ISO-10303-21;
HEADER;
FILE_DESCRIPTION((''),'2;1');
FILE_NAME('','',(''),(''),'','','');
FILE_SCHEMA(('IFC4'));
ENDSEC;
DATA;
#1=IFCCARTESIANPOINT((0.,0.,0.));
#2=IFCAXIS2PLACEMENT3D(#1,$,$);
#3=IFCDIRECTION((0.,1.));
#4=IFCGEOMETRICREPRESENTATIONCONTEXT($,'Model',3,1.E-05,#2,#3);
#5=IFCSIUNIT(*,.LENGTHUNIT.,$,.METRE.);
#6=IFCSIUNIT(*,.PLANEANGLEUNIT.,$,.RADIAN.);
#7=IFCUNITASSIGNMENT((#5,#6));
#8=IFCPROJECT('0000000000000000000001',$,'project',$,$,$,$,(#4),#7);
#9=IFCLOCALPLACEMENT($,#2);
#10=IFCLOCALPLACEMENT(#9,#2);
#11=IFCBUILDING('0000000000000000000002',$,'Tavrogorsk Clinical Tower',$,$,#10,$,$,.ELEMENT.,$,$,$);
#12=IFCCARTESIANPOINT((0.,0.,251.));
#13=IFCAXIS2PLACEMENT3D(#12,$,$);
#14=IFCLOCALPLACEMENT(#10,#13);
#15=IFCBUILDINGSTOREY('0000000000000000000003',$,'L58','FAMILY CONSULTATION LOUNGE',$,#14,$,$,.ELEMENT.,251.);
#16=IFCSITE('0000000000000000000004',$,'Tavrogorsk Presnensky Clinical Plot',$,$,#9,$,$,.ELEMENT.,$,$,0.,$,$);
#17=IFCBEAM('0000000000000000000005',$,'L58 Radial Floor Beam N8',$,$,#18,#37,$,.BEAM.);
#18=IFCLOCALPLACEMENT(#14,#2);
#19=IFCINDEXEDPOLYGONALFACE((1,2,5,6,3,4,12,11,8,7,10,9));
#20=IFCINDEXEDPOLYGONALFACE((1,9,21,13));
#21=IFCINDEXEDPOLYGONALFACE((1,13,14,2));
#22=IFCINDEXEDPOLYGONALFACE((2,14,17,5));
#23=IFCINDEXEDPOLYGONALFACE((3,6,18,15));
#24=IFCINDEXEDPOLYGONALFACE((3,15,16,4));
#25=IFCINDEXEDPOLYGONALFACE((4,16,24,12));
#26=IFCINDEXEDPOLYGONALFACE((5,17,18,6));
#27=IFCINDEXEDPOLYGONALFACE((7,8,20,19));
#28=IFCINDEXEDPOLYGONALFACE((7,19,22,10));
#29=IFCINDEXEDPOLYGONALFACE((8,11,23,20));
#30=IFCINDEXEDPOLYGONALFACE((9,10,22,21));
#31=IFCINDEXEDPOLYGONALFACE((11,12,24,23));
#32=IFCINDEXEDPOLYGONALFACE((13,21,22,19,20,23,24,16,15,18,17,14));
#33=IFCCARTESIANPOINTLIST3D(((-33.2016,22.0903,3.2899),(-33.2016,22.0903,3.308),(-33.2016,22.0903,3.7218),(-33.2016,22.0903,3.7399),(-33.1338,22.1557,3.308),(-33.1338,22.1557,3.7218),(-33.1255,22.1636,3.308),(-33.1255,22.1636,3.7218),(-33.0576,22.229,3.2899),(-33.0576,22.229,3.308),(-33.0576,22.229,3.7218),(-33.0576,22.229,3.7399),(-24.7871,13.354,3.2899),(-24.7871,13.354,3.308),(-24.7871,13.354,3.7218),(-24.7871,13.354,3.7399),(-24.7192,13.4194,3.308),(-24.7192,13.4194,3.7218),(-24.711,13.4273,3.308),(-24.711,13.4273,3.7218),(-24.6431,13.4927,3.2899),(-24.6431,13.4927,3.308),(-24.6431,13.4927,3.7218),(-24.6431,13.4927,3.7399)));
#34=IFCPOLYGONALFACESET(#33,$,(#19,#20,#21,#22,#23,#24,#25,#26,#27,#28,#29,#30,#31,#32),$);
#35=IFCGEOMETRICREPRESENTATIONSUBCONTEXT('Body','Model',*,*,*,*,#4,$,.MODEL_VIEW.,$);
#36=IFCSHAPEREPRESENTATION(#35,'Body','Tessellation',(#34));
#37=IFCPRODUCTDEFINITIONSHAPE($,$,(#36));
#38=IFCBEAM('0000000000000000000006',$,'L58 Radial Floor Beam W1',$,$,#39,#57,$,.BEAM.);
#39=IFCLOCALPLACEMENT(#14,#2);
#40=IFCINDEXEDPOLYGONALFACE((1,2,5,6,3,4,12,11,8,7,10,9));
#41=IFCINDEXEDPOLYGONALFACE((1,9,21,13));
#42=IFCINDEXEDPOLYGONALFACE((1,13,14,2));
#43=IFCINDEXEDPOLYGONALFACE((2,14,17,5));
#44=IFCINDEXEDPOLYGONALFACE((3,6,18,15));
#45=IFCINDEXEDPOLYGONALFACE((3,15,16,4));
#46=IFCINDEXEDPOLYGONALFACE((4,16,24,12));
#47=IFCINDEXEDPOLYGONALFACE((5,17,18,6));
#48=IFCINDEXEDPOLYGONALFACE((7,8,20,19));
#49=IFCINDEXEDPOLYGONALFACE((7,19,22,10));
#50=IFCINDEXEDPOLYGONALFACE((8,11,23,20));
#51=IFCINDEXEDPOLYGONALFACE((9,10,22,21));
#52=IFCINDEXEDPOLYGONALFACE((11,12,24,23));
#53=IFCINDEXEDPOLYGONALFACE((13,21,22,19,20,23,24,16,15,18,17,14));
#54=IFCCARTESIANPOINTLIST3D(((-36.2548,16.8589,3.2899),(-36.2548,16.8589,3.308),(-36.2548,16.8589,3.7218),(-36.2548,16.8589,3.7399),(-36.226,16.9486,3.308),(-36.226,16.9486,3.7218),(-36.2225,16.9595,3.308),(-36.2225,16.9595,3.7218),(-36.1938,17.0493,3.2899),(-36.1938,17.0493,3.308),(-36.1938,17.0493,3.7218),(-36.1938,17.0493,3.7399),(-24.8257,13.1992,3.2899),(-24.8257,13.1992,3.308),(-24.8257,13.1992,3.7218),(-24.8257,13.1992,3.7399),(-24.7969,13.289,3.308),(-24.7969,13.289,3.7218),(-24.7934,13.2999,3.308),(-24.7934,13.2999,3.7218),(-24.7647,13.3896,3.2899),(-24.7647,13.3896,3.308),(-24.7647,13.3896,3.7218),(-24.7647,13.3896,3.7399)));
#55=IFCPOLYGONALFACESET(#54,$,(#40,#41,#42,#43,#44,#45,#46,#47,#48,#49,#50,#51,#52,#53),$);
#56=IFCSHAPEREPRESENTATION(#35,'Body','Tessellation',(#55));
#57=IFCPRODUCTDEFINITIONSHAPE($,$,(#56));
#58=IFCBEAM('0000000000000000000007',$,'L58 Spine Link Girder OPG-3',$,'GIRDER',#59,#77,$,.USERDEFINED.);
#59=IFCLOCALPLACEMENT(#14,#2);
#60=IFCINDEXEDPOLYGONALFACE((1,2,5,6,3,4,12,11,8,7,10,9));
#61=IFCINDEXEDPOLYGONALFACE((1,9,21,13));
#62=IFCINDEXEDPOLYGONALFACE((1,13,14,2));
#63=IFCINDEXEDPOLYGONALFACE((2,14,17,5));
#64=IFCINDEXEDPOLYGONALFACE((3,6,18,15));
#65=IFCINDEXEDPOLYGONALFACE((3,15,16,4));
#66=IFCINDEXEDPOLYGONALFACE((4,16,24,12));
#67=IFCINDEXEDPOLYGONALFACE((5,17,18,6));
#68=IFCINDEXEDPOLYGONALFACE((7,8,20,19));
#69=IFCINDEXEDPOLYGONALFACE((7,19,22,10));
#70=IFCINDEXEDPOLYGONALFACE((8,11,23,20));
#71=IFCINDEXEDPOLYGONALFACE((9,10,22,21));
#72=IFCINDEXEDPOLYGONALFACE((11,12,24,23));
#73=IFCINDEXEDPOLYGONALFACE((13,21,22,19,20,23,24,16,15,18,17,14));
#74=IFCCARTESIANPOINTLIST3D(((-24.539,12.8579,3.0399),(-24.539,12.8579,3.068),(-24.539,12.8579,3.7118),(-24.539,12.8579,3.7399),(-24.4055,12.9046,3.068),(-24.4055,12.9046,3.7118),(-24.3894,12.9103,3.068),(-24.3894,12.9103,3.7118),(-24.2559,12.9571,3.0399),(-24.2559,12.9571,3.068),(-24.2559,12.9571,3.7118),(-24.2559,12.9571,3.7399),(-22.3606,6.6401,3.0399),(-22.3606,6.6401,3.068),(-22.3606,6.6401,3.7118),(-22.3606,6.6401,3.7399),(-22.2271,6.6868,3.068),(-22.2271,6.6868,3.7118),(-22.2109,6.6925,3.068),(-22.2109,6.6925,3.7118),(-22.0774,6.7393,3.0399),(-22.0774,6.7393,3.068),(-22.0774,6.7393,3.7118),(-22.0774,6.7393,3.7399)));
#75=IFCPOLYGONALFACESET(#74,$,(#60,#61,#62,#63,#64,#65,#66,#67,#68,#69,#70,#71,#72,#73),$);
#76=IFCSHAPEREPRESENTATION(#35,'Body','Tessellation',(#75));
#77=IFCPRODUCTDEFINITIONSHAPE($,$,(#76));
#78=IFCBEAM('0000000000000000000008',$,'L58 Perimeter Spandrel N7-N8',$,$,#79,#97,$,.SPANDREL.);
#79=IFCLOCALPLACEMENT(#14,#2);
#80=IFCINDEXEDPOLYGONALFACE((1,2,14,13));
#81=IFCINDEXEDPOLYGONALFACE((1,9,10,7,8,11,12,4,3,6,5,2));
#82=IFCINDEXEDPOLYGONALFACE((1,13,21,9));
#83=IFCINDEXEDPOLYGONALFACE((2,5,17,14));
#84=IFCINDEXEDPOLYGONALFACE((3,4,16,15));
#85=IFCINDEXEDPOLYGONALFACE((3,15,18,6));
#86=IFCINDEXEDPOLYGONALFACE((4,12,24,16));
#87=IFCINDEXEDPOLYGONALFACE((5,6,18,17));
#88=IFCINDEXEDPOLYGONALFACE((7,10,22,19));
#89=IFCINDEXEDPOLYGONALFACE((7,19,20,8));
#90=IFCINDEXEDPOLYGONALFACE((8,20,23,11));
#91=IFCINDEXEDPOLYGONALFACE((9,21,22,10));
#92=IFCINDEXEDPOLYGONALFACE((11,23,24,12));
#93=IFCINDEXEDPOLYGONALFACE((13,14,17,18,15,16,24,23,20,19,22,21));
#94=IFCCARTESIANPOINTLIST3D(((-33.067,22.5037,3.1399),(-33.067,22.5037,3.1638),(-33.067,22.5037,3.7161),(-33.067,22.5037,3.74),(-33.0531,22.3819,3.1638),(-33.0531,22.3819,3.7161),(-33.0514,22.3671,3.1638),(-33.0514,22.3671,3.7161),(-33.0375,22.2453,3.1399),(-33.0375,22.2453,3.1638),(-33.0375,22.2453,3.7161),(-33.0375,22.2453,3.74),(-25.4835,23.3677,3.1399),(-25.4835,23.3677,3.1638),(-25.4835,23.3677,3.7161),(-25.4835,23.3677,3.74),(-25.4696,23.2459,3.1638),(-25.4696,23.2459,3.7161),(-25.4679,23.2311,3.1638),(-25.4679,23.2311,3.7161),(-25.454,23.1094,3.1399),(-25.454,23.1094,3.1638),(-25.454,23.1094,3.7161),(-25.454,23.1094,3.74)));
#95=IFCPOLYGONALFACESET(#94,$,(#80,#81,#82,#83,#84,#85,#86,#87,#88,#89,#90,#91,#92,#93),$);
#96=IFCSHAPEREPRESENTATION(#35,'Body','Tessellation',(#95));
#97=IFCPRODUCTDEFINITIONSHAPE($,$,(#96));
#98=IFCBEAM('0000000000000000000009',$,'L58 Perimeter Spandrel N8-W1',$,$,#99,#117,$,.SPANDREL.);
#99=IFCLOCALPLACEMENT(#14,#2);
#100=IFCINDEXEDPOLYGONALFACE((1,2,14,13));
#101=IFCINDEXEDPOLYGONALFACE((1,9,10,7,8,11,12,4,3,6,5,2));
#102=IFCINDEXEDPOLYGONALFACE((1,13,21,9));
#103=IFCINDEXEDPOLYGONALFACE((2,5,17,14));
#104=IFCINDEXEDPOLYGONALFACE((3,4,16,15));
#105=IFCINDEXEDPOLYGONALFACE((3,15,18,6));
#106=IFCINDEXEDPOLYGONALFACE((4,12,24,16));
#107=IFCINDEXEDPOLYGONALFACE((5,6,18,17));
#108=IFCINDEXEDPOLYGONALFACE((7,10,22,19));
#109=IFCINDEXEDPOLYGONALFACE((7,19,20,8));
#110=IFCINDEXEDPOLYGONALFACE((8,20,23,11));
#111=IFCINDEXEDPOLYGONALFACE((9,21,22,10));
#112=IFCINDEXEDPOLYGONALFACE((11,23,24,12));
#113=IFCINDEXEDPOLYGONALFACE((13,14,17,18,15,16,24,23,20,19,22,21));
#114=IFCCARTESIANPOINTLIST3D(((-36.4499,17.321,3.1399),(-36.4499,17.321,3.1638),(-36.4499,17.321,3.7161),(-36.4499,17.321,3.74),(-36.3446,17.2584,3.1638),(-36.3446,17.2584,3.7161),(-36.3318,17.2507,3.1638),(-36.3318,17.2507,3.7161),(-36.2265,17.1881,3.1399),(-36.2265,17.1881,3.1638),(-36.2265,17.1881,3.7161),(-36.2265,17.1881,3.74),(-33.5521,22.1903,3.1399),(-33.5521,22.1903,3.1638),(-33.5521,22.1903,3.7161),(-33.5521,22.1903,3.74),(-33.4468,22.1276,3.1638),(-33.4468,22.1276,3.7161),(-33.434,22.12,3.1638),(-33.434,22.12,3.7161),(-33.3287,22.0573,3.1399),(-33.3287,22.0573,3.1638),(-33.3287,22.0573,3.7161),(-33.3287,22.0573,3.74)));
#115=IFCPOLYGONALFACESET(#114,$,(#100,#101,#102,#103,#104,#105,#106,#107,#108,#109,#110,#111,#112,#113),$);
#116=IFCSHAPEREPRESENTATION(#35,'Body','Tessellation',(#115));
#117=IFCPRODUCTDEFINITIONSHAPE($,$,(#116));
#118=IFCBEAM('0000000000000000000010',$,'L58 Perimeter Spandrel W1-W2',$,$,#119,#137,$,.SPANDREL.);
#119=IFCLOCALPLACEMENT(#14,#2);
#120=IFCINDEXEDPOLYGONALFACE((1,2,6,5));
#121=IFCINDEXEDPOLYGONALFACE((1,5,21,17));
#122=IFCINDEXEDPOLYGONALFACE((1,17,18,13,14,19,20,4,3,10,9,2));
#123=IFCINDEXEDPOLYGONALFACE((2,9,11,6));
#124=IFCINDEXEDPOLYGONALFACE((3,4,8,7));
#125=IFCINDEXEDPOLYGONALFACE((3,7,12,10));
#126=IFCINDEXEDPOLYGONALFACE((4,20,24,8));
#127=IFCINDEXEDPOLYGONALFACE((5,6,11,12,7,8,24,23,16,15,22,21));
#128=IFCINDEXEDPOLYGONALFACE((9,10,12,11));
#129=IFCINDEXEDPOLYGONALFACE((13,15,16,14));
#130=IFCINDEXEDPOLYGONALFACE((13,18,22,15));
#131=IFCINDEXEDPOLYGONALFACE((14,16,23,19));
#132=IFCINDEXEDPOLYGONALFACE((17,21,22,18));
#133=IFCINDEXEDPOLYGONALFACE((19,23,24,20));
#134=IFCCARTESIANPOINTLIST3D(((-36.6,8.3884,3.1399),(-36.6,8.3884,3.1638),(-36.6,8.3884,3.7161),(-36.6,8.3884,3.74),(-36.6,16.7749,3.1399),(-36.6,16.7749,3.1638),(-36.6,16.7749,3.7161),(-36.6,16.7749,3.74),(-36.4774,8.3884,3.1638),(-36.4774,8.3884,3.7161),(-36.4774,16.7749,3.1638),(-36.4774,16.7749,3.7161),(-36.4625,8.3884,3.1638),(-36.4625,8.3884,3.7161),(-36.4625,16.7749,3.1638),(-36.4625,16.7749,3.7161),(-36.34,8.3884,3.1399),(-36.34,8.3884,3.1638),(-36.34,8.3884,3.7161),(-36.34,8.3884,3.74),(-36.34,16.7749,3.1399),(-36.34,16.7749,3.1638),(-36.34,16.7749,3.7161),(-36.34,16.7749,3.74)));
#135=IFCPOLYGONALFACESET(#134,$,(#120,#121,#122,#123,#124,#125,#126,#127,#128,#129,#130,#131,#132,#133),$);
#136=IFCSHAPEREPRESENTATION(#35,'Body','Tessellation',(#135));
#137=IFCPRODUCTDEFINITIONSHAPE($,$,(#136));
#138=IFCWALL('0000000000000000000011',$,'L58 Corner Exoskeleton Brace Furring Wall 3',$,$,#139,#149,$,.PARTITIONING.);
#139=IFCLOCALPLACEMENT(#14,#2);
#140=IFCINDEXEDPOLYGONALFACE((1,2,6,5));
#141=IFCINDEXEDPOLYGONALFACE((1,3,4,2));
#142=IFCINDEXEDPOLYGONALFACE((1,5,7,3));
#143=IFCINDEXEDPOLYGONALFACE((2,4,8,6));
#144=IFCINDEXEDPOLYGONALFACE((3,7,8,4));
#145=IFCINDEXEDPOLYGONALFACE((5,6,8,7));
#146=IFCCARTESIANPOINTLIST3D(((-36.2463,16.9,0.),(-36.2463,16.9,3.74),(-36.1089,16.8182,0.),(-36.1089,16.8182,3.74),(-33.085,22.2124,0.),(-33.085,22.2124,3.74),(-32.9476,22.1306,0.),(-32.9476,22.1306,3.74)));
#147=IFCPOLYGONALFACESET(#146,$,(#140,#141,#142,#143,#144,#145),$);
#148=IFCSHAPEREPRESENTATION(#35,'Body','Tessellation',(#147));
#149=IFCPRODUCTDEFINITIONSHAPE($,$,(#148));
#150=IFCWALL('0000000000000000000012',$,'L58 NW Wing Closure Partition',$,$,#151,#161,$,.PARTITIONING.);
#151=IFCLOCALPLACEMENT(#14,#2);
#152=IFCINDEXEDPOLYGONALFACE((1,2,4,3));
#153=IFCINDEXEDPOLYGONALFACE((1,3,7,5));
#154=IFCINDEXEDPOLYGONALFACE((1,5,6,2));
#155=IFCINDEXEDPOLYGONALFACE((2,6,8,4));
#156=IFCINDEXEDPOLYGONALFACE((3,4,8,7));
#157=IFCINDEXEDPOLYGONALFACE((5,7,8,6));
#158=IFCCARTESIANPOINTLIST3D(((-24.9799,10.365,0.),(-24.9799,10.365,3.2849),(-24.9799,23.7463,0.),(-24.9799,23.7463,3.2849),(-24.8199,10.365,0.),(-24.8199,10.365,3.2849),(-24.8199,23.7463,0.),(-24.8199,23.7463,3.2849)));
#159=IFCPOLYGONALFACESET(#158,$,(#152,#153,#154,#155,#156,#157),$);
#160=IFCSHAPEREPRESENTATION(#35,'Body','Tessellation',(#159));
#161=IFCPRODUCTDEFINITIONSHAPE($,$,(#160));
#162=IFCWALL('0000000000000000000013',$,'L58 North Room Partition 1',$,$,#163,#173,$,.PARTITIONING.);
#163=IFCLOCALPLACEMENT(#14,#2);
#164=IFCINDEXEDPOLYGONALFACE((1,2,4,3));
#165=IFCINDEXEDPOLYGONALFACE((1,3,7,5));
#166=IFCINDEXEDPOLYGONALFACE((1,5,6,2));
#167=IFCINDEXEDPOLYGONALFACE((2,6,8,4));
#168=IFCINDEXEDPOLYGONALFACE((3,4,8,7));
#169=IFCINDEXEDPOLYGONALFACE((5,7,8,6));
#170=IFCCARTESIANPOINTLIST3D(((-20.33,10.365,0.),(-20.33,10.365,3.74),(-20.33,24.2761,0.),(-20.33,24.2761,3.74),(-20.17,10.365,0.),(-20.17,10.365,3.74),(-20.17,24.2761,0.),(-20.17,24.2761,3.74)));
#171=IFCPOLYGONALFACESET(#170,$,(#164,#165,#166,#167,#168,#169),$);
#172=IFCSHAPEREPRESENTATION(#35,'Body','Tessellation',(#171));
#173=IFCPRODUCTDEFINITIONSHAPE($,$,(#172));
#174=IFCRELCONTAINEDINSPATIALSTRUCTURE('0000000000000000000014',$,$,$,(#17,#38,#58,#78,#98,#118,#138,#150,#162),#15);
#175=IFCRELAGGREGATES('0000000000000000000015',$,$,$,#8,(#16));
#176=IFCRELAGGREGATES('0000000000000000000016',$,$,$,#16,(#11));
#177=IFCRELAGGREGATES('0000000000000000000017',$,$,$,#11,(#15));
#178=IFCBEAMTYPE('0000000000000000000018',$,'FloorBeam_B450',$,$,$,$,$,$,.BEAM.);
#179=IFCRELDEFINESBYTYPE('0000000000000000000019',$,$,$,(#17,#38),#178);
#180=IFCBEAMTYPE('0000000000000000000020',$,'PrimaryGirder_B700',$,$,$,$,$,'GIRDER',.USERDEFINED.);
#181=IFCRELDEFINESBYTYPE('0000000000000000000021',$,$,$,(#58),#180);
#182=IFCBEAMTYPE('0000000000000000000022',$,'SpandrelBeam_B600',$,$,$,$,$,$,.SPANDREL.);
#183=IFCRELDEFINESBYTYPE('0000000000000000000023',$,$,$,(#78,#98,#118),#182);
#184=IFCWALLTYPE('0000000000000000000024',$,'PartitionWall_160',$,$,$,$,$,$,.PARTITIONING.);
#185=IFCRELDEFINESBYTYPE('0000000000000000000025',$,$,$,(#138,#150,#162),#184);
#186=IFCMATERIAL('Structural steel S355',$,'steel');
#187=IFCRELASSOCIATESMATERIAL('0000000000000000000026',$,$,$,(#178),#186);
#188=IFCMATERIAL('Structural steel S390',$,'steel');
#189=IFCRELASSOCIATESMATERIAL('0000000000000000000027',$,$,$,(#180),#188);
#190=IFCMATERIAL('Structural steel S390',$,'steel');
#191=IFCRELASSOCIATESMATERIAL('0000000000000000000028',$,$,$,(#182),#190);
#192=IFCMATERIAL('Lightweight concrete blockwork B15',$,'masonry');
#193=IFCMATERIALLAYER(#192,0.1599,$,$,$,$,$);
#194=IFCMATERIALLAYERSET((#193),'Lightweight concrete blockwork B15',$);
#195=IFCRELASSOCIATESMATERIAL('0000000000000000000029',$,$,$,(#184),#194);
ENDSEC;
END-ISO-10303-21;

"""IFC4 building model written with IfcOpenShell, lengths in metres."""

from ifc_helpers import new_model, si_unit, direction, frame, frame_2d, origin, origin_2d, place, context, subcontext, project, spatial, rectangle, i_section, extrude, material, layer, layer_set, material_profile, profile_set, type_object, element, save


model = new_model("IFC4")

# Units and contexts
model_context = context("Model", 3, precision=1e-05, world=origin(), true_north=direction((0.0, 1.0)))
body_context = subcontext(model_context, "Body", "Model", "MODEL_VIEW")
ifc_project = project(units=[si_unit("LENGTHUNIT", "METRE"), si_unit("PLANEANGLEUNIT", "RADIAN")], contexts=[model_context])

# Site, building, storey
site_placement = place(None, origin())
site = spatial("IfcSite", under=ifc_project, at=site_placement, Name="Tavrogorsk Presnensky Clinical Plot", CompositionType="ELEMENT", RefElevation=0.0)
building_placement = place(site_placement, origin())
building = spatial("IfcBuilding", under=site, at=building_placement, Name="Tavrogorsk Clinical Tower", CompositionType="ELEMENT")
storey_placement = place(building_placement, frame((0.0, 0.0, 251.0)))
storey = spatial("IfcBuildingStorey", under=building, at=storey_placement, Name="L58", Description="FAMILY CONSULTATION LOUNGE", CompositionType="ELEMENT", Elevation=251.0)

# Beams
ifc_material_1 = material(Name="Structural steel S355", Category="steel")
ifc_material_profile_1 = material_profile(ifc_material_1, i_section(OverallWidth=0.2, OverallDepth=0.45, WebThickness=0.0115, FlangeThickness=0.0181, at=origin_2d()), Name="B-450x200x11.5x18")
ifc_profile_set_1 = profile_set([ifc_material_profile_1], Name="Structural steel S355")
beam_type_1 = type_object("IfcBeamType", Name="FloorBeam_B450", PredefinedType="BEAM", material=ifc_profile_set_1)
beam_1_placement = place(storey_placement, frame((-24.7151, 13.4233, 3.5149), z_axis=(-0.693718, 0.720246, 0.0), x_axis=(-0.720246, -0.693718, 0.0)))
element("IfcBeam", 1, at=beam_1_placement, inside=storey, type_object=beam_type_1, Name="L58 Radial Floor Beam N8", PredefinedType="BEAM", context=body_context, shape_type="SweptSolid", body=[
    extrude(i_section(OverallWidth=0.2, OverallDepth=0.45, WebThickness=0.0115, FlangeThickness=0.0181, at=origin_2d()), origin(), (0.0, 0.0, 1.0), 12.1296),
])
beam_2_placement = place(storey_placement, frame((-24.7952, 13.2944, 3.5149), z_axis=(-0.952368, 0.304951, 0.0), x_axis=(-0.304951, -0.952368, 0.0)))
element("IfcBeam", 2, at=beam_2_placement, inside=storey, type_object=beam_type_1, Name="L58 Radial Floor Beam W1", PredefinedType="BEAM", context=body_context, shape_type="SweptSolid", body=[
    extrude(i_section(OverallWidth=0.2, OverallDepth=0.45, WebThickness=0.0115, FlangeThickness=0.0181, at=origin_2d()), origin(), (0.0, 0.0, 1.0), 12.0007),
])
ifc_material_2 = material(Name="Structural steel S390", Category="steel")
ifc_material_profile_2 = material_profile(ifc_material_2, i_section(OverallWidth=0.3, OverallDepth=0.7, WebThickness=0.0171, FlangeThickness=0.0281, at=origin_2d()), Name="B-700x300x17x28")
ifc_profile_set_2 = profile_set([ifc_material_profile_2], Name="Structural steel S390")
beam_type_2 = type_object("IfcBeamType", Name="PrimaryGirder_B700", ElementType="GIRDER", PredefinedType="USERDEFINED", material=ifc_profile_set_2)
beam_3_placement = place(storey_placement, frame((-24.3975, 12.9075, 3.3899), z_axis=(0.330654, -0.943752, 0.0), x_axis=(0.943752, 0.330654, 0.0)))
element("IfcBeam", 3, at=beam_3_placement, inside=storey, type_object=beam_type_2, Name="L58 Spine Link Girder OPG-3", ObjectType="GIRDER", PredefinedType="USERDEFINED", context=body_context, shape_type="SweptSolid", body=[
    extrude(i_section(OverallWidth=0.3, OverallDepth=0.7, WebThickness=0.0171, FlangeThickness=0.0281, at=origin_2d()), origin(), (0.0, 0.0, 1.0), 6.5884),
])
ifc_material_3 = material(Name="Structural steel S390", Category="steel")
ifc_material_profile_3 = material_profile(ifc_material_3, i_section(OverallWidth=0.26, OverallDepth=0.6001, WebThickness=0.0149, FlangeThickness=0.0239, at=origin_2d()), Name="B-600x260x15x24")
ifc_profile_set_3 = profile_set([ifc_material_profile_3], Name="Structural steel S390")
beam_type_3 = type_object("IfcBeamType", Name="SpandrelBeam_B600", PredefinedType="SPANDREL", material=ifc_profile_set_3)
beam_4_placement = place(storey_placement, frame((-25.4688, 23.2385, 3.4399), z_axis=(-0.993572, -0.113201, 0.0), x_axis=(0.113201, -0.993572, 0.0)))
element("IfcBeam", 4, at=beam_4_placement, inside=storey, type_object=beam_type_3, Name="L58 Perimeter Spandrel N7-N8", PredefinedType="SPANDREL", context=body_context, shape_type="SweptSolid", body=[
    extrude(i_section(OverallWidth=0.26, OverallDepth=0.6001, WebThickness=0.0149, FlangeThickness=0.0239, at=origin_2d()), origin(), (0.0, 0.0, 1.0), 7.6326),
])
beam_5_placement = place(storey_placement, frame((-33.4404, 22.1238, 3.4399), z_axis=(-0.511407, -0.859339, 0.0), x_axis=(0.859339, -0.511407, 0.0)))
element("IfcBeam", 5, at=beam_5_placement, inside=storey, type_object=beam_type_3, Name="L58 Perimeter Spandrel N8-W1", PredefinedType="SPANDREL", context=body_context, shape_type="SweptSolid", body=[
    extrude(i_section(OverallWidth=0.26, OverallDepth=0.6001, WebThickness=0.0149, FlangeThickness=0.0239, at=origin_2d()), origin(), (0.0, 0.0, 1.0), 5.6663),
])
beam_6_placement = place(storey_placement, frame((-36.47, 16.7749, 3.4399), z_axis=(0.0, -1.0, 0.0), x_axis=(1.0, 0.0, 0.0)))
element("IfcBeam", 6, at=beam_6_placement, inside=storey, type_object=beam_type_3, Name="L58 Perimeter Spandrel W1-W2", PredefinedType="SPANDREL", context=body_context, shape_type="SweptSolid", body=[
    extrude(i_section(OverallWidth=0.26, OverallDepth=0.6001, WebThickness=0.0149, FlangeThickness=0.0239, at=origin_2d()), origin(), (0.0, 0.0, 1.0), 8.3865),
])

# Walls
ifc_material_4 = material(Name="Lightweight concrete blockwork B15", Category="masonry")
ifc_layer_1 = layer(ifc_material_4, 0.1599)
ifc_layer_set_1 = layer_set([ifc_layer_1], Name="Lightweight concrete blockwork B15")
wall_type_1 = type_object("IfcWallType", Name="PartitionWall_160", PredefinedType="PARTITIONING", material=ifc_layer_set_1)
wall_1_placement = place(storey_placement, frame((-33.0164, 22.1714, 0.0), z_axis=(0.0, 0.0, 1.0), x_axis=(-0.511385, -0.859352, 0.0)))
element("IfcWall", 7, at=wall_1_placement, inside=storey, type_object=wall_type_1, Name="L58 Corner Exoskeleton Brace Furring Wall 3", PredefinedType="PARTITIONING", context=body_context, shape_type="SweptSolid", body=[
    extrude(rectangle(XDim=6.1819, YDim=0.1599, at=frame_2d((3.0908, 0.0))), origin(), (0.0, 0.0, 1.0), 3.74),
])
wall_2_placement = place(storey_placement, frame((-24.8999, 10.365, 0.0), z_axis=(0.0, 0.0, 1.0), x_axis=(0.0, 1.0, 0.0)))
element("IfcWall", 8, at=wall_2_placement, inside=storey, type_object=wall_type_1, Name="L58 NW Wing Closure Partition", PredefinedType="PARTITIONING", context=body_context, shape_type="SweptSolid", body=[
    extrude(rectangle(XDim=13.3813, YDim=0.1599, at=frame_2d((6.6907, 0.0))), origin(), (0.0, 0.0, 1.0), 3.2849),
])
wall_3_placement = place(storey_placement, frame((-20.25, 10.365, 0.0), z_axis=(0.0, 0.0, 1.0), x_axis=(0.0, 1.0, 0.0)))
element("IfcWall", 9, at=wall_3_placement, inside=storey, type_object=wall_type_1, Name="L58 North Room Partition 1", PredefinedType="PARTITIONING", context=body_context, shape_type="SweptSolid", body=[
    extrude(rectangle(XDim=13.9111, YDim=0.1599, at=frame_2d((6.9556, 0.0))), origin(), (0.0, 0.0, 1.0), 3.74),
])

save(model, "model.ifc")
